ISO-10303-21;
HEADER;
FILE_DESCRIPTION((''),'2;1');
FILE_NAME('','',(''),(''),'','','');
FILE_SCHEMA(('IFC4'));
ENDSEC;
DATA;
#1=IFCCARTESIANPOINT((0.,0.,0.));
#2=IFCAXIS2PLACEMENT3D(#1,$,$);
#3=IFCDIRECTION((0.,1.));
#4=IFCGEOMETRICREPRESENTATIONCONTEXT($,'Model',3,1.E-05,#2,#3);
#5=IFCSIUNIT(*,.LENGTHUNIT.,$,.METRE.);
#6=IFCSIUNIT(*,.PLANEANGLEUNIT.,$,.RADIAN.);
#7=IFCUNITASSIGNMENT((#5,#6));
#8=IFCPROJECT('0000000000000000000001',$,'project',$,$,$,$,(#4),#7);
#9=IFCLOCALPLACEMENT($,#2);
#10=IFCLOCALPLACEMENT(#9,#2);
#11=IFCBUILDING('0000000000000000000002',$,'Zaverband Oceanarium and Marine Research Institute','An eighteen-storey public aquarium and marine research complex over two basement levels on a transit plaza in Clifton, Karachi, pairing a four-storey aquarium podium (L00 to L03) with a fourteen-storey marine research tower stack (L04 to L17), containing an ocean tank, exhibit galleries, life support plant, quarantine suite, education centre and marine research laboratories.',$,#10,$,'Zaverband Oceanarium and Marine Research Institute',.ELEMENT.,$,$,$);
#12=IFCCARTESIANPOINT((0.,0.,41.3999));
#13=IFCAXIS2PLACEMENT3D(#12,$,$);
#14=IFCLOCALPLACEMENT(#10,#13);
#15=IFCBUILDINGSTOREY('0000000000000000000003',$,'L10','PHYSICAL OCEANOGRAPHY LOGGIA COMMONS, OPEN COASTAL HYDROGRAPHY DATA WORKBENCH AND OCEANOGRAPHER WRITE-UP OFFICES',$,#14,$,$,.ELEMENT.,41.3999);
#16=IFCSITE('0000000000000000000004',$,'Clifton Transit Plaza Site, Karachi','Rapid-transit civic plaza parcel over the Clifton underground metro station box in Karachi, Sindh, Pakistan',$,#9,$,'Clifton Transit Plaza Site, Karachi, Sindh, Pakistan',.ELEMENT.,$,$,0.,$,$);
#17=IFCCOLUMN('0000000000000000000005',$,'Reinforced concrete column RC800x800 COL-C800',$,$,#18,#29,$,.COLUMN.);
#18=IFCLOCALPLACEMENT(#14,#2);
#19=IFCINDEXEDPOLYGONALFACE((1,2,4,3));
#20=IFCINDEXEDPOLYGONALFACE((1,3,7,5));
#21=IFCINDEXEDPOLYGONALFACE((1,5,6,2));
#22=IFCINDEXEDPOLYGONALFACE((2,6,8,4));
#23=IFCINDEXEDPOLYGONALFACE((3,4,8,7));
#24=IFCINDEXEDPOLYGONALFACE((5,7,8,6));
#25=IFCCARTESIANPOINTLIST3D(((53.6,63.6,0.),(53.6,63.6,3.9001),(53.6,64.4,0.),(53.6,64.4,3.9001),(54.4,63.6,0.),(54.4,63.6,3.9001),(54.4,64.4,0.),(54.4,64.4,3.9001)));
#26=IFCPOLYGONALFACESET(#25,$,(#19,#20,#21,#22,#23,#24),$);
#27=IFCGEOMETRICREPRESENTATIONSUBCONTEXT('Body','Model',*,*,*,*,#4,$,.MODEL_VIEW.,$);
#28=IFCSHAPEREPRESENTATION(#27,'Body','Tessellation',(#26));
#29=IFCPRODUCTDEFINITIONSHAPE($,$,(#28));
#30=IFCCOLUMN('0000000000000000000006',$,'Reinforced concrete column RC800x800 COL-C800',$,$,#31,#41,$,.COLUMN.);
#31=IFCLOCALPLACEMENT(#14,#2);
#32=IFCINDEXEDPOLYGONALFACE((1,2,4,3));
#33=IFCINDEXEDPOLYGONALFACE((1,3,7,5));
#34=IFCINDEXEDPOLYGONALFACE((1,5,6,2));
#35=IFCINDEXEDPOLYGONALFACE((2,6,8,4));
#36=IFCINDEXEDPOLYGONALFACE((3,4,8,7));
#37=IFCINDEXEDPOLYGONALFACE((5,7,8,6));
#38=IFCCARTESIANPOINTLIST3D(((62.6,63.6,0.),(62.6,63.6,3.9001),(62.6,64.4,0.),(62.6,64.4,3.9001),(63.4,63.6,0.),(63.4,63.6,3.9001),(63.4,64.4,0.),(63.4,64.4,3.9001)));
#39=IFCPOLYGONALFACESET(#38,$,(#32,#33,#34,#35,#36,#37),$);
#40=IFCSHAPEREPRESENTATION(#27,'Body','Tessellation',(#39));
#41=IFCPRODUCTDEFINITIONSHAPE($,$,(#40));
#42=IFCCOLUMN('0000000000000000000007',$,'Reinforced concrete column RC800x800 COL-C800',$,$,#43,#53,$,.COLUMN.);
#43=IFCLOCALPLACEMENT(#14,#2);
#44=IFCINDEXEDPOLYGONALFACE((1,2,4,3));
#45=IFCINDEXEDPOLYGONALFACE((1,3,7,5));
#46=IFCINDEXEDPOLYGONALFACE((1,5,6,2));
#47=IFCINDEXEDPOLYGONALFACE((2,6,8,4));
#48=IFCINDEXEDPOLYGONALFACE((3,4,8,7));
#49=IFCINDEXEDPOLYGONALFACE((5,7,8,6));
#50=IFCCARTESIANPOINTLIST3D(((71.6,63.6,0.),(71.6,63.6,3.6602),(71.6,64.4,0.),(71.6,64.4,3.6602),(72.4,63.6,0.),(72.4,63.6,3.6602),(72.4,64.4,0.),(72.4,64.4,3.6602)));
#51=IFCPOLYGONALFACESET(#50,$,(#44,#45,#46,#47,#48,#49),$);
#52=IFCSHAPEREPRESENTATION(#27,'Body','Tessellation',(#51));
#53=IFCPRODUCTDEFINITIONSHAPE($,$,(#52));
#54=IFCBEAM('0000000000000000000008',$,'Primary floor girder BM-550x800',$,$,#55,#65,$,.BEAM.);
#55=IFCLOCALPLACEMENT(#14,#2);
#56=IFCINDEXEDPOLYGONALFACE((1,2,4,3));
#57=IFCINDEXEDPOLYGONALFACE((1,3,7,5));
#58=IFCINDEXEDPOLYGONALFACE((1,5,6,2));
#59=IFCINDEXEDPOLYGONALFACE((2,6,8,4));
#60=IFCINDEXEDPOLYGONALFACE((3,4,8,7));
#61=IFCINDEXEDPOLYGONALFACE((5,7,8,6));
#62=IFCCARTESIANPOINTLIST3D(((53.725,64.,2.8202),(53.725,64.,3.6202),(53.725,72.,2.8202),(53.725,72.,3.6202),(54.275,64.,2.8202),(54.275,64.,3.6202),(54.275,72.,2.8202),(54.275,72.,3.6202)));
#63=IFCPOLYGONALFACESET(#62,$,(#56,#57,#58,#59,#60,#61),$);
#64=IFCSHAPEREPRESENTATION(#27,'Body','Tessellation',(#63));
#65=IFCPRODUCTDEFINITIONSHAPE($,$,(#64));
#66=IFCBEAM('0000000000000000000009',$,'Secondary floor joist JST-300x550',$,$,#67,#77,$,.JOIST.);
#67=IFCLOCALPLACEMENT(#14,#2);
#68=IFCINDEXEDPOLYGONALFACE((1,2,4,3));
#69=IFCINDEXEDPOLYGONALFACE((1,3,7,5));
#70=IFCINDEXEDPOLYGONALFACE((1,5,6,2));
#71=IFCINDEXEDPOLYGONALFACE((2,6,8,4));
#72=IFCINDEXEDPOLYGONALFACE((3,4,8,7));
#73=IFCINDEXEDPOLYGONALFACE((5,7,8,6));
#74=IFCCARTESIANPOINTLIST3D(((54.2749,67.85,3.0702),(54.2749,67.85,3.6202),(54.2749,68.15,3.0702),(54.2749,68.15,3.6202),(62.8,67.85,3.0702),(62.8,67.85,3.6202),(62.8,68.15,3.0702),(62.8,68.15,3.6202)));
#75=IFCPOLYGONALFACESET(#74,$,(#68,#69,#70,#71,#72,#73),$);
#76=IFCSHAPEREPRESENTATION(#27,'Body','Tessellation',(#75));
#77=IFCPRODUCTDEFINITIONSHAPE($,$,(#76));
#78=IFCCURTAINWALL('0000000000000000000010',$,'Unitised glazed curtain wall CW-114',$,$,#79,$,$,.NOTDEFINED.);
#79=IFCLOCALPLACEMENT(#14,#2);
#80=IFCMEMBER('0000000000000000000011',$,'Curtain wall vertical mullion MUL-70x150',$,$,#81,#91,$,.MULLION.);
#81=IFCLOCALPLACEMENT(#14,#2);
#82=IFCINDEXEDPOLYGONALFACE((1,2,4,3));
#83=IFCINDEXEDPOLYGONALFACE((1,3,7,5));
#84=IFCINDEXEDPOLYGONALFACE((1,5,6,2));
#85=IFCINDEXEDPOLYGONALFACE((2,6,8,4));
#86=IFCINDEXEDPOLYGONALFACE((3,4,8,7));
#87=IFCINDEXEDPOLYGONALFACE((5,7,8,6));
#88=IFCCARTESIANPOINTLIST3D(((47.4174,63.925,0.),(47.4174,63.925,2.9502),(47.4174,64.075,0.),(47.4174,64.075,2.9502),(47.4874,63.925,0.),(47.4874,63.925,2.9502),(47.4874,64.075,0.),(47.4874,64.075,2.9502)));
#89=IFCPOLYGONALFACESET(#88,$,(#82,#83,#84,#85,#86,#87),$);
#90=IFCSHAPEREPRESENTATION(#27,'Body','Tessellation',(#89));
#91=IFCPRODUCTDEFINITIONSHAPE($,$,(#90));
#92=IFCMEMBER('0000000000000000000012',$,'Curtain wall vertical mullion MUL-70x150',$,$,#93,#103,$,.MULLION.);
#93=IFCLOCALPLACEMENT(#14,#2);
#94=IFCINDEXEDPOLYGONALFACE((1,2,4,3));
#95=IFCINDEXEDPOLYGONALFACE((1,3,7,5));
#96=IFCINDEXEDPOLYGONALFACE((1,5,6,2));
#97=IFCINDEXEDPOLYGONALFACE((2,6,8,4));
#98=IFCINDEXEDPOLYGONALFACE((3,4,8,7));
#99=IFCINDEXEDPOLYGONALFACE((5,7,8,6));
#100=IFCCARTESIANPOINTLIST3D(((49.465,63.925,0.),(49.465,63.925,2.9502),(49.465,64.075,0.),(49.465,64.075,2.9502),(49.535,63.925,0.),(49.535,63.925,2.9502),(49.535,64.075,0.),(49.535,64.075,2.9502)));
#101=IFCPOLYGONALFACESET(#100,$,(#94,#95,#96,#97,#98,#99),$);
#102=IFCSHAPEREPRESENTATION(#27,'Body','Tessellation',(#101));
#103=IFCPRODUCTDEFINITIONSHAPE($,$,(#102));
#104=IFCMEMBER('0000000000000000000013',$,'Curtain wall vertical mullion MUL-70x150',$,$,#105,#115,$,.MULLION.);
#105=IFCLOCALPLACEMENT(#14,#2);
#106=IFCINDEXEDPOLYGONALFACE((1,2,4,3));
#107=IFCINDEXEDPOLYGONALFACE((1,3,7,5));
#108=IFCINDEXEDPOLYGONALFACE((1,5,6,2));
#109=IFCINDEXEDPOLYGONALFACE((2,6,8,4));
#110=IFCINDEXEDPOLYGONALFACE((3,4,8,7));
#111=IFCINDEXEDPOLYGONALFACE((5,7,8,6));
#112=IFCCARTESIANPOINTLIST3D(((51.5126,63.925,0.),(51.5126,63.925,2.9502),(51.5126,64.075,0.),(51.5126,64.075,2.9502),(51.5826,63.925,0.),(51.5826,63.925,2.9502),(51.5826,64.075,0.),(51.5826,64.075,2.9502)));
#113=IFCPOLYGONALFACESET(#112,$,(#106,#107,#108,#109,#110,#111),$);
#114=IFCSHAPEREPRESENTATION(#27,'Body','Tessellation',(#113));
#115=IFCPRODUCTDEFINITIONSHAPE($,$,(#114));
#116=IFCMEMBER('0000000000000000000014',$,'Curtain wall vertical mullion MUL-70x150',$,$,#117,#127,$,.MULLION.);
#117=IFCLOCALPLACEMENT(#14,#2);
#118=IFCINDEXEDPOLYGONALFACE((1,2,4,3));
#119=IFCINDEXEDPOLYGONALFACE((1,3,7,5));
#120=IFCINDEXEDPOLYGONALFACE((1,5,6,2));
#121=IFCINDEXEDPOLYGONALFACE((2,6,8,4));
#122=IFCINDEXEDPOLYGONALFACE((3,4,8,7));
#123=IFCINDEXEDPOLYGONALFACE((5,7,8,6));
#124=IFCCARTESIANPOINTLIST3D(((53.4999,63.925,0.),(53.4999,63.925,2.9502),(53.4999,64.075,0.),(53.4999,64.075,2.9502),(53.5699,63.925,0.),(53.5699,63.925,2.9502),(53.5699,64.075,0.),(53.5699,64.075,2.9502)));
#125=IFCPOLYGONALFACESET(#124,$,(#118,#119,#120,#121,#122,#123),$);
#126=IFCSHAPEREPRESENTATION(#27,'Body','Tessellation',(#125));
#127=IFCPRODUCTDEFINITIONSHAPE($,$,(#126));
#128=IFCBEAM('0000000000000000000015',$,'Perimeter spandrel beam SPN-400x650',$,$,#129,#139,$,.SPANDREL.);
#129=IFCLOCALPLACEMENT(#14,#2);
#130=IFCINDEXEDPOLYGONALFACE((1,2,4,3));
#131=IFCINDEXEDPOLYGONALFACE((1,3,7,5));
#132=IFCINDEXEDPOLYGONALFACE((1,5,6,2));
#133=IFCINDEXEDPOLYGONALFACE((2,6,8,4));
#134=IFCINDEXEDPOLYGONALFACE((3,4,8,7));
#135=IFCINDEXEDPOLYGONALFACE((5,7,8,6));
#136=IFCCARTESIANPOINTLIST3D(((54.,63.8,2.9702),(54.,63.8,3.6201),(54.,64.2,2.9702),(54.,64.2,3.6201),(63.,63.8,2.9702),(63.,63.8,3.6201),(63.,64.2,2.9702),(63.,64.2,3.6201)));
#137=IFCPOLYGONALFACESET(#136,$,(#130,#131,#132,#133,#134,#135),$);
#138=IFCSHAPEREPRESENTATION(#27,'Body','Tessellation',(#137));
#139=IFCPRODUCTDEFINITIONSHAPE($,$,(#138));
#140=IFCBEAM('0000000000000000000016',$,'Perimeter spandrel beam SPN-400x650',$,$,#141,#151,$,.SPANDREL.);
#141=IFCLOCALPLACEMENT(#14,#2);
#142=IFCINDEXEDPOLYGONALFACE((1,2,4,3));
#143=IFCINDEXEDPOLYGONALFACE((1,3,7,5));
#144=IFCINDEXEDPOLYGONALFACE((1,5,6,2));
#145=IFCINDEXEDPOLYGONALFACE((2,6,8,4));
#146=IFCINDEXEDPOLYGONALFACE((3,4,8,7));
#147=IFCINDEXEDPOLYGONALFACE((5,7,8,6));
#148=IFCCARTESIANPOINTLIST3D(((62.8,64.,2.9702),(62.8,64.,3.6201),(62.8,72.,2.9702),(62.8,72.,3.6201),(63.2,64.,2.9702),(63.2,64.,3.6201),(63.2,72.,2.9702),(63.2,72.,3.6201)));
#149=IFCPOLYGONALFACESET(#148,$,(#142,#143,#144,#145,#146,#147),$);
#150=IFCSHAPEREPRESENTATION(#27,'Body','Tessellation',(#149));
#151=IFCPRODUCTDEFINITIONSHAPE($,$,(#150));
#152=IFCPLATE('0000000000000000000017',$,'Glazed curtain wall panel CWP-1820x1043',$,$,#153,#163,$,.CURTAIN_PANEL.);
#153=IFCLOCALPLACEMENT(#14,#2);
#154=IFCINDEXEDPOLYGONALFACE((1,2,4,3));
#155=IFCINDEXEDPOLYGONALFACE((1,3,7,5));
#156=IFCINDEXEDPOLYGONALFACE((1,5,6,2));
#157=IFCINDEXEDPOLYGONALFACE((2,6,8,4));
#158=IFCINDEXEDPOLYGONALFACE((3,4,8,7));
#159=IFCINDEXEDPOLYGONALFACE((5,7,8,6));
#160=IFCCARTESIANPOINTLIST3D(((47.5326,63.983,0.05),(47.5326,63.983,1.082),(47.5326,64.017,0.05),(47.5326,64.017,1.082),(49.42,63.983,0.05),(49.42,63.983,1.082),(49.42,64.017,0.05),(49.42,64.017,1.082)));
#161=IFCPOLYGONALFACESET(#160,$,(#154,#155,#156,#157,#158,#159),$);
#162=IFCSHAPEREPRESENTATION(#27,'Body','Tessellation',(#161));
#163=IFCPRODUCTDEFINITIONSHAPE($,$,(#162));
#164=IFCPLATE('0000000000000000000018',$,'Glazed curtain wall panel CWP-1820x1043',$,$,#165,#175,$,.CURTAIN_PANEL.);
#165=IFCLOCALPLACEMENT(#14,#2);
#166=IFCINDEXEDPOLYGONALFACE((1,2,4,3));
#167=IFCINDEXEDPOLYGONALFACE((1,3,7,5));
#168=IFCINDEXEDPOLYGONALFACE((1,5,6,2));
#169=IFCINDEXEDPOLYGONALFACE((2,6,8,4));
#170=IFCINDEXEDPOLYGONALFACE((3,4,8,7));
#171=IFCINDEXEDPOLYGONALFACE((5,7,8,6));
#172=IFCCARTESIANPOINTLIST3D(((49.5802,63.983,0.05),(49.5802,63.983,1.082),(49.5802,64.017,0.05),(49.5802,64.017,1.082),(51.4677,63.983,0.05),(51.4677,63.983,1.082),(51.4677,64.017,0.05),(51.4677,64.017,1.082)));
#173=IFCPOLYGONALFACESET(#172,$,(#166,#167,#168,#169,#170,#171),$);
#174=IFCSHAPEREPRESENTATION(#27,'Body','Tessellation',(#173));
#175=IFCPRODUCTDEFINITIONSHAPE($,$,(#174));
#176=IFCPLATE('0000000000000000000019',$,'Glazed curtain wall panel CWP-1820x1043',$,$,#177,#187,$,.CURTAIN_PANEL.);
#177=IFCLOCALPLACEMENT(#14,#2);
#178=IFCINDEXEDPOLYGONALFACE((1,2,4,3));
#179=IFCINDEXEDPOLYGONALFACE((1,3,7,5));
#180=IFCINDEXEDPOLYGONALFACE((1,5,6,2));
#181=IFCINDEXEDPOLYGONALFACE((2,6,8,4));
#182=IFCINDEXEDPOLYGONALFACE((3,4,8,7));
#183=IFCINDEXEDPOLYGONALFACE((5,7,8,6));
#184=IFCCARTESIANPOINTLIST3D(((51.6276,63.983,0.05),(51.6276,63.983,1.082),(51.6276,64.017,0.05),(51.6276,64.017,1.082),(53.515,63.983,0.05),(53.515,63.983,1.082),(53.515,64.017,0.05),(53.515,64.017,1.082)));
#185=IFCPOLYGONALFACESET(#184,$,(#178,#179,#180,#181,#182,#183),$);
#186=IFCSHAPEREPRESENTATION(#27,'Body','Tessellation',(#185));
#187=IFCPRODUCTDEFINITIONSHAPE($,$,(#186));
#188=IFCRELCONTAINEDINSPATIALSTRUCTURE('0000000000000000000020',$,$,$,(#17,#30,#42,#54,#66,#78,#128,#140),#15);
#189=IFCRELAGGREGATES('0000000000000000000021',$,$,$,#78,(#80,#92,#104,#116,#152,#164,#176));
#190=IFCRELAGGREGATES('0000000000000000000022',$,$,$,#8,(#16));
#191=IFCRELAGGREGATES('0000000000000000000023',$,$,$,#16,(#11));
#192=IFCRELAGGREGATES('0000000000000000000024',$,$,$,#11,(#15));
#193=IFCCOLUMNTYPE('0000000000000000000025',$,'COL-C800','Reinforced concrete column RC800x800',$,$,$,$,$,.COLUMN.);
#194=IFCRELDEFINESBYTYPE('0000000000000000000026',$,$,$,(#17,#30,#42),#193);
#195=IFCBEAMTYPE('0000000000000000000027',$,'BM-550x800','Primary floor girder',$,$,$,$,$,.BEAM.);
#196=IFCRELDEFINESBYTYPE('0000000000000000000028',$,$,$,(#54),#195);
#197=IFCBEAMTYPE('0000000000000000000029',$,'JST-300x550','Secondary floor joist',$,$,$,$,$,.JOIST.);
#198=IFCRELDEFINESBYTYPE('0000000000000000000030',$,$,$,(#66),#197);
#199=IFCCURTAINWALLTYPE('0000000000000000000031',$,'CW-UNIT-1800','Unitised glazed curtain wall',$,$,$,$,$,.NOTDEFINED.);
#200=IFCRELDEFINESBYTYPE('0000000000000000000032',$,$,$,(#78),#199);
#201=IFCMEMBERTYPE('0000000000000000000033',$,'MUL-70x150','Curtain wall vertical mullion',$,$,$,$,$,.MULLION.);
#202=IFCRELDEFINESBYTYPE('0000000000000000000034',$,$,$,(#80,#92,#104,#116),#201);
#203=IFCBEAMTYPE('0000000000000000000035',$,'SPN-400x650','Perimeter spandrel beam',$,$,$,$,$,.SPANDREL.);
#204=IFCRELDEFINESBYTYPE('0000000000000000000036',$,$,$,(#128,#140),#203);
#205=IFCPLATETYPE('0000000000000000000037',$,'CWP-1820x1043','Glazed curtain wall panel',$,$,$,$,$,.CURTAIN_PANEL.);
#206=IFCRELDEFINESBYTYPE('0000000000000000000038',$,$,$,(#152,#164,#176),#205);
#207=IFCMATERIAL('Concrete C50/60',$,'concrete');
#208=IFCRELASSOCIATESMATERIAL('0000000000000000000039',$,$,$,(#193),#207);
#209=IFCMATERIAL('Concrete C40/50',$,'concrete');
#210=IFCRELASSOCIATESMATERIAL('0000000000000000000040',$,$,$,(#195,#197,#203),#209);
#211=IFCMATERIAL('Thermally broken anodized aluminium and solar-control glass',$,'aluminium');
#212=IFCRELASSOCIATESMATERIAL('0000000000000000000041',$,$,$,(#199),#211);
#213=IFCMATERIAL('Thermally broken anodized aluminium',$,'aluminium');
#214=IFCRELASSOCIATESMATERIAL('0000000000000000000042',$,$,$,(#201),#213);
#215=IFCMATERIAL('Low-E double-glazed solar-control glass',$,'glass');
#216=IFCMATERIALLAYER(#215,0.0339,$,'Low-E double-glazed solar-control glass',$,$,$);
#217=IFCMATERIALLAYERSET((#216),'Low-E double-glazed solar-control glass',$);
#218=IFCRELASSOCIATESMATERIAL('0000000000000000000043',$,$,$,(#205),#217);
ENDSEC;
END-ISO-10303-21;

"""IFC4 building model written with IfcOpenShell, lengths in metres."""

from ifc_helpers import new_model, si_unit, direction, frame, frame_2d, origin, origin_2d, place, context, subcontext, project, spatial, rectangle, extrude, material, layer, layer_set, material_profile, profile_set, type_object, element, aggregate, save


model = new_model("IFC4")

# Units and contexts
model_context = context("Model", 3, precision=1e-05, world=origin(), true_north=direction((0.0, 1.0)))
body_context = subcontext(model_context, "Body", "Model", "MODEL_VIEW")
ifc_project = project(units=[si_unit("LENGTHUNIT", "METRE"), si_unit("PLANEANGLEUNIT", "RADIAN")], contexts=[model_context])

# Site, building, storey
site_placement = place(None, origin())
site = spatial("IfcSite", under=ifc_project, at=site_placement, Name="Clifton Transit Plaza Site, Karachi", Description="Rapid-transit civic plaza parcel over the Clifton underground metro station box in Karachi, Sindh, Pakistan", LongName="Clifton Transit Plaza Site, Karachi, Sindh, Pakistan", CompositionType="ELEMENT", RefElevation=0.0)
building_placement = place(site_placement, origin())
building = spatial("IfcBuilding", under=site, at=building_placement, Name="Zaverband Oceanarium and Marine Research Institute", Description="An eighteen-storey public aquarium and marine research complex over two basement levels on a transit plaza in Clifton, Karachi, pairing a four-storey aquarium podium (L00 to L03) with a fourteen-storey marine research tower stack (L04 to L17), containing an ocean tank, exhibit galleries, life support plant, quarantine suite, education centre and marine research laboratories.", LongName="Zaverband Oceanarium and Marine Research Institute", CompositionType="ELEMENT")
storey_placement = place(building_placement, frame((0.0, 0.0, 41.3999)))
storey = spatial("IfcBuildingStorey", under=building, at=storey_placement, Name="L10", Description="PHYSICAL OCEANOGRAPHY LOGGIA COMMONS, OPEN COASTAL HYDROGRAPHY DATA WORKBENCH AND OCEANOGRAPHER WRITE-UP OFFICES", CompositionType="ELEMENT", Elevation=41.3999)

# Columns
ifc_material_1 = material(Name="Concrete C50/60", Category="concrete")
ifc_material_profile_1 = material_profile(ifc_material_1, rectangle(XDim=0.8, YDim=0.8, at=origin_2d()), Name="RC800x800")
ifc_profile_set_1 = profile_set([ifc_material_profile_1], Name="Concrete C50/60")
column_type = type_object("IfcColumnType", Name="COL-C800", Description="Reinforced concrete column RC800x800", PredefinedType="COLUMN", material=ifc_profile_set_1)
for number, where, z_axis, x_axis, name in (
    (1, (54.0, 64.0, 0.0), (0.0, 0.0, 1.0), (1.0, 0.0, 0.0), "Reinforced concrete column RC800x800 COL-C800"),
    (2, (63.0, 64.0, 0.0), (0.0, 0.0, 1.0), (1.0, 0.0, 0.0), "Reinforced concrete column RC800x800 COL-C800"),
):
    element("IfcColumn", number, at=place(storey_placement, frame(where, z_axis=z_axis, x_axis=x_axis)), inside=storey, type_object=column_type, Name=name, PredefinedType="COLUMN", context=body_context, shape_type="SweptSolid", body=[
        extrude(rectangle(XDim=0.8, YDim=0.8, at=origin_2d()), origin(), (0.0, 0.0, 1.0), 3.9001),
    ])
column_placement = place(storey_placement, frame((72.0, 64.0, 0.0), z_axis=(0.0, 0.0, 1.0), x_axis=(1.0, 0.0, 0.0)))
element("IfcColumn", 3, at=column_placement, inside=storey, type_object=column_type, Name="Reinforced concrete column RC800x800 COL-C800", PredefinedType="COLUMN", context=body_context, shape_type="SweptSolid", body=[
    extrude(rectangle(XDim=0.8, YDim=0.8, at=origin_2d()), origin(), (0.0, 0.0, 1.0), 3.6602),
])

# Beams
ifc_material_2 = material(Name="Concrete C40/50", Category="concrete")
ifc_material_profile_2 = material_profile(ifc_material_2, rectangle(XDim=0.55, YDim=0.8, at=origin_2d()), Name="RC550x800")
ifc_profile_set_2 = profile_set([ifc_material_profile_2], Name="Concrete C40/50")
beam_type_1 = type_object("IfcBeamType", Name="BM-550x800", Description="Primary floor girder", PredefinedType="BEAM", material=ifc_profile_set_2)
beam_1_placement = place(storey_placement, frame((54.0, 64.0, 3.2202), z_axis=(0.0, 1.0, 0.0), x_axis=(-1.0, 0.0, 0.0)))
element("IfcBeam", 4, at=beam_1_placement, inside=storey, type_object=beam_type_1, Name="Primary floor girder BM-550x800", PredefinedType="BEAM", context=body_context, shape_type="SweptSolid", body=[
    extrude(rectangle(XDim=0.55, YDim=0.8, at=origin_2d()), origin(), (0.0, 0.0, 1.0), 8.0),
])
ifc_material_profile_3 = material_profile(ifc_material_2, rectangle(XDim=0.3, YDim=0.55, at=origin_2d()), Name="RC300x550")
ifc_profile_set_3 = profile_set([ifc_material_profile_3], Name="Concrete C40/50")
beam_type_2 = type_object("IfcBeamType", Name="JST-300x550", Description="Secondary floor joist", PredefinedType="JOIST", material=ifc_profile_set_3)
beam_2_placement = place(storey_placement, frame((54.2749, 68.0, 3.3452), z_axis=(1.0, 0.0, 0.0), x_axis=(0.0, 1.0, 0.0)))
element("IfcBeam", 5, at=beam_2_placement, inside=storey, type_object=beam_type_2, Name="Secondary floor joist JST-300x550", PredefinedType="JOIST", context=body_context, shape_type="SweptSolid", body=[
    extrude(rectangle(XDim=0.3, YDim=0.55, at=origin_2d()), origin(), (0.0, 0.0, 1.0), 8.5251),
])

# Curtain wall, members
ifc_material_3 = material(Name="Thermally broken anodized aluminium and solar-control glass", Category="aluminium")
curtain_wall_type = type_object("IfcCurtainWallType", Name="CW-UNIT-1800", Description="Unitised glazed curtain wall", PredefinedType="NOTDEFINED", material=ifc_material_3)
curtain_wall_placement = place(storey_placement, origin())
curtain_wall = element("IfcCurtainWall", 6, at=curtain_wall_placement, inside=storey, type_object=curtain_wall_type, Name="Unitised glazed curtain wall CW-114", PredefinedType="NOTDEFINED")
ifc_material_4 = material(Name="Thermally broken anodized aluminium", Category="aluminium")
ifc_material_profile_4 = material_profile(ifc_material_4, rectangle(XDim=0.0701, YDim=0.1499, at=origin_2d()), Name="AL-MUL-70x150")
ifc_profile_set_4 = profile_set([ifc_material_profile_4], Name="Thermally broken anodized aluminium")
member_type = type_object("IfcMemberType", Name="MUL-70x150", Description="Curtain wall vertical mullion", PredefinedType="MULLION", material=ifc_profile_set_4)
member_1_placement = place(storey_placement, frame((47.4524, 64.0, 0.0), z_axis=(0.0, 0.0, 1.0), x_axis=(1.0, 0.0, 0.0)))
member_1 = element("IfcMember", 7, at=member_1_placement, type_object=member_type, Name="Curtain wall vertical mullion MUL-70x150", PredefinedType="MULLION", context=body_context, shape_type="SweptSolid", body=[
    extrude(rectangle(XDim=0.0701, YDim=0.1499, at=origin_2d()), origin(), (0.0, 0.0, 1.0), 2.9502),
])
member_2_placement = place(storey_placement, frame((49.5, 64.0, 0.0), z_axis=(0.0, 0.0, 1.0), x_axis=(1.0, 0.0, 0.0)))
member_2 = element("IfcMember", 8, at=member_2_placement, type_object=member_type, Name="Curtain wall vertical mullion MUL-70x150", PredefinedType="MULLION", context=body_context, shape_type="SweptSolid", body=[
    extrude(rectangle(XDim=0.0701, YDim=0.1499, at=origin_2d()), origin(), (0.0, 0.0, 1.0), 2.9502),
])
member_3_placement = place(storey_placement, frame((51.5476, 64.0, 0.0), z_axis=(0.0, 0.0, 1.0), x_axis=(1.0, 0.0, 0.0)))
member_3 = element("IfcMember", 9, at=member_3_placement, type_object=member_type, Name="Curtain wall vertical mullion MUL-70x150", PredefinedType="MULLION", context=body_context, shape_type="SweptSolid", body=[
    extrude(rectangle(XDim=0.0701, YDim=0.1499, at=origin_2d()), origin(), (0.0, 0.0, 1.0), 2.9502),
])
member_4_placement = place(storey_placement, frame((53.5349, 64.0, 0.0), z_axis=(0.0, 0.0, 1.0), x_axis=(1.0, 0.0, 0.0)))
member_4 = element("IfcMember", 10, at=member_4_placement, type_object=member_type, Name="Curtain wall vertical mullion MUL-70x150", PredefinedType="MULLION", context=body_context, shape_type="SweptSolid", body=[
    extrude(rectangle(XDim=0.0701, YDim=0.1499, at=origin_2d()), origin(), (0.0, 0.0, 1.0), 2.9502),
])

# Beams
ifc_material_profile_5 = material_profile(ifc_material_2, rectangle(XDim=0.3999, YDim=0.6499, at=origin_2d()), Name="RC400x650")
ifc_profile_set_5 = profile_set([ifc_material_profile_5], Name="Concrete C40/50")
beam_type_3 = type_object("IfcBeamType", Name="SPN-400x650", Description="Perimeter spandrel beam", PredefinedType="SPANDREL", material=ifc_profile_set_5)
beam_3_placement = place(storey_placement, frame((54.0, 64.0, 3.2952), z_axis=(1.0, 0.0, 0.0), x_axis=(0.0, 1.0, 0.0)))
element("IfcBeam", 11, at=beam_3_placement, inside=storey, type_object=beam_type_3, Name="Perimeter spandrel beam SPN-400x650", PredefinedType="SPANDREL", context=body_context, shape_type="SweptSolid", body=[
    extrude(rectangle(XDim=0.3999, YDim=0.6499, at=origin_2d()), origin(), (0.0, 0.0, 1.0), 9.0),
])
beam_4_placement = place(storey_placement, frame((63.0, 64.0, 3.2952), z_axis=(0.0, 1.0, 0.0), x_axis=(-1.0, 0.0, 0.0)))
element("IfcBeam", 12, at=beam_4_placement, inside=storey, type_object=beam_type_3, Name="Perimeter spandrel beam SPN-400x650", PredefinedType="SPANDREL", context=body_context, shape_type="SweptSolid", body=[
    extrude(rectangle(XDim=0.3999, YDim=0.6499, at=origin_2d()), origin(), (0.0, 0.0, 1.0), 8.0),
])

# Plates
ifc_material_5 = material(Name="Low-E double-glazed solar-control glass", Category="glass")
ifc_layer_1 = layer(ifc_material_5, 0.0339, Name="Low-E double-glazed solar-control glass")
ifc_layer_set_1 = layer_set([ifc_layer_1], Name="Low-E double-glazed solar-control glass")
plate_type_1 = type_object("IfcPlateType", Name="CWP-1820x1043", Description="Glazed curtain wall panel", PredefinedType="CURTAIN_PANEL", material=ifc_layer_set_1)
plate_1_placement = place(storey_placement, frame((47.5325, 64.0, 0.05), z_axis=(0.0, 0.0, 1.0), x_axis=(1.0, 0.0, 0.0)))
plate_1 = element("IfcPlate", 13, at=plate_1_placement, type_object=plate_type_1, Name="Glazed curtain wall panel CWP-1820x1043", PredefinedType="CURTAIN_PANEL", context=body_context, shape_type="SweptSolid", body=[
    extrude(rectangle(XDim=1.8875, YDim=0.0339, at=frame_2d((0.9438, 0.0))), origin(), (0.0, 0.0, 1.0), 1.032),
])
plate_2_placement = place(storey_placement, frame((49.5801, 64.0, 0.05), z_axis=(0.0, 0.0, 1.0), x_axis=(1.0, 0.0, 0.0)))
plate_2 = element("IfcPlate", 14, at=plate_2_placement, type_object=plate_type_1, Name="Glazed curtain wall panel CWP-1820x1043", PredefinedType="CURTAIN_PANEL", context=body_context, shape_type="SweptSolid", body=[
    extrude(rectangle(XDim=1.8875, YDim=0.0339, at=frame_2d((0.9438, 0.0))), origin(), (0.0, 0.0, 1.0), 1.032),
])
plate_3_placement = place(storey_placement, frame((51.6274, 64.0, 0.05), z_axis=(0.0, 0.0, 1.0), x_axis=(1.0, 0.0, 0.0)))
plate_3 = element("IfcPlate", 15, at=plate_3_placement, type_object=plate_type_1, Name="Glazed curtain wall panel CWP-1820x1043", PredefinedType="CURTAIN_PANEL", context=body_context, shape_type="SweptSolid", body=[
    extrude(rectangle(XDim=1.8875, YDim=0.0339, at=frame_2d((0.9438, 0.0))), origin(), (0.0, 0.0, 1.0), 1.032),
])
aggregate(curtain_wall, [member_1, member_2, member_3, member_4, plate_1, plate_2, plate_3])

save(model, "model.ifc")
